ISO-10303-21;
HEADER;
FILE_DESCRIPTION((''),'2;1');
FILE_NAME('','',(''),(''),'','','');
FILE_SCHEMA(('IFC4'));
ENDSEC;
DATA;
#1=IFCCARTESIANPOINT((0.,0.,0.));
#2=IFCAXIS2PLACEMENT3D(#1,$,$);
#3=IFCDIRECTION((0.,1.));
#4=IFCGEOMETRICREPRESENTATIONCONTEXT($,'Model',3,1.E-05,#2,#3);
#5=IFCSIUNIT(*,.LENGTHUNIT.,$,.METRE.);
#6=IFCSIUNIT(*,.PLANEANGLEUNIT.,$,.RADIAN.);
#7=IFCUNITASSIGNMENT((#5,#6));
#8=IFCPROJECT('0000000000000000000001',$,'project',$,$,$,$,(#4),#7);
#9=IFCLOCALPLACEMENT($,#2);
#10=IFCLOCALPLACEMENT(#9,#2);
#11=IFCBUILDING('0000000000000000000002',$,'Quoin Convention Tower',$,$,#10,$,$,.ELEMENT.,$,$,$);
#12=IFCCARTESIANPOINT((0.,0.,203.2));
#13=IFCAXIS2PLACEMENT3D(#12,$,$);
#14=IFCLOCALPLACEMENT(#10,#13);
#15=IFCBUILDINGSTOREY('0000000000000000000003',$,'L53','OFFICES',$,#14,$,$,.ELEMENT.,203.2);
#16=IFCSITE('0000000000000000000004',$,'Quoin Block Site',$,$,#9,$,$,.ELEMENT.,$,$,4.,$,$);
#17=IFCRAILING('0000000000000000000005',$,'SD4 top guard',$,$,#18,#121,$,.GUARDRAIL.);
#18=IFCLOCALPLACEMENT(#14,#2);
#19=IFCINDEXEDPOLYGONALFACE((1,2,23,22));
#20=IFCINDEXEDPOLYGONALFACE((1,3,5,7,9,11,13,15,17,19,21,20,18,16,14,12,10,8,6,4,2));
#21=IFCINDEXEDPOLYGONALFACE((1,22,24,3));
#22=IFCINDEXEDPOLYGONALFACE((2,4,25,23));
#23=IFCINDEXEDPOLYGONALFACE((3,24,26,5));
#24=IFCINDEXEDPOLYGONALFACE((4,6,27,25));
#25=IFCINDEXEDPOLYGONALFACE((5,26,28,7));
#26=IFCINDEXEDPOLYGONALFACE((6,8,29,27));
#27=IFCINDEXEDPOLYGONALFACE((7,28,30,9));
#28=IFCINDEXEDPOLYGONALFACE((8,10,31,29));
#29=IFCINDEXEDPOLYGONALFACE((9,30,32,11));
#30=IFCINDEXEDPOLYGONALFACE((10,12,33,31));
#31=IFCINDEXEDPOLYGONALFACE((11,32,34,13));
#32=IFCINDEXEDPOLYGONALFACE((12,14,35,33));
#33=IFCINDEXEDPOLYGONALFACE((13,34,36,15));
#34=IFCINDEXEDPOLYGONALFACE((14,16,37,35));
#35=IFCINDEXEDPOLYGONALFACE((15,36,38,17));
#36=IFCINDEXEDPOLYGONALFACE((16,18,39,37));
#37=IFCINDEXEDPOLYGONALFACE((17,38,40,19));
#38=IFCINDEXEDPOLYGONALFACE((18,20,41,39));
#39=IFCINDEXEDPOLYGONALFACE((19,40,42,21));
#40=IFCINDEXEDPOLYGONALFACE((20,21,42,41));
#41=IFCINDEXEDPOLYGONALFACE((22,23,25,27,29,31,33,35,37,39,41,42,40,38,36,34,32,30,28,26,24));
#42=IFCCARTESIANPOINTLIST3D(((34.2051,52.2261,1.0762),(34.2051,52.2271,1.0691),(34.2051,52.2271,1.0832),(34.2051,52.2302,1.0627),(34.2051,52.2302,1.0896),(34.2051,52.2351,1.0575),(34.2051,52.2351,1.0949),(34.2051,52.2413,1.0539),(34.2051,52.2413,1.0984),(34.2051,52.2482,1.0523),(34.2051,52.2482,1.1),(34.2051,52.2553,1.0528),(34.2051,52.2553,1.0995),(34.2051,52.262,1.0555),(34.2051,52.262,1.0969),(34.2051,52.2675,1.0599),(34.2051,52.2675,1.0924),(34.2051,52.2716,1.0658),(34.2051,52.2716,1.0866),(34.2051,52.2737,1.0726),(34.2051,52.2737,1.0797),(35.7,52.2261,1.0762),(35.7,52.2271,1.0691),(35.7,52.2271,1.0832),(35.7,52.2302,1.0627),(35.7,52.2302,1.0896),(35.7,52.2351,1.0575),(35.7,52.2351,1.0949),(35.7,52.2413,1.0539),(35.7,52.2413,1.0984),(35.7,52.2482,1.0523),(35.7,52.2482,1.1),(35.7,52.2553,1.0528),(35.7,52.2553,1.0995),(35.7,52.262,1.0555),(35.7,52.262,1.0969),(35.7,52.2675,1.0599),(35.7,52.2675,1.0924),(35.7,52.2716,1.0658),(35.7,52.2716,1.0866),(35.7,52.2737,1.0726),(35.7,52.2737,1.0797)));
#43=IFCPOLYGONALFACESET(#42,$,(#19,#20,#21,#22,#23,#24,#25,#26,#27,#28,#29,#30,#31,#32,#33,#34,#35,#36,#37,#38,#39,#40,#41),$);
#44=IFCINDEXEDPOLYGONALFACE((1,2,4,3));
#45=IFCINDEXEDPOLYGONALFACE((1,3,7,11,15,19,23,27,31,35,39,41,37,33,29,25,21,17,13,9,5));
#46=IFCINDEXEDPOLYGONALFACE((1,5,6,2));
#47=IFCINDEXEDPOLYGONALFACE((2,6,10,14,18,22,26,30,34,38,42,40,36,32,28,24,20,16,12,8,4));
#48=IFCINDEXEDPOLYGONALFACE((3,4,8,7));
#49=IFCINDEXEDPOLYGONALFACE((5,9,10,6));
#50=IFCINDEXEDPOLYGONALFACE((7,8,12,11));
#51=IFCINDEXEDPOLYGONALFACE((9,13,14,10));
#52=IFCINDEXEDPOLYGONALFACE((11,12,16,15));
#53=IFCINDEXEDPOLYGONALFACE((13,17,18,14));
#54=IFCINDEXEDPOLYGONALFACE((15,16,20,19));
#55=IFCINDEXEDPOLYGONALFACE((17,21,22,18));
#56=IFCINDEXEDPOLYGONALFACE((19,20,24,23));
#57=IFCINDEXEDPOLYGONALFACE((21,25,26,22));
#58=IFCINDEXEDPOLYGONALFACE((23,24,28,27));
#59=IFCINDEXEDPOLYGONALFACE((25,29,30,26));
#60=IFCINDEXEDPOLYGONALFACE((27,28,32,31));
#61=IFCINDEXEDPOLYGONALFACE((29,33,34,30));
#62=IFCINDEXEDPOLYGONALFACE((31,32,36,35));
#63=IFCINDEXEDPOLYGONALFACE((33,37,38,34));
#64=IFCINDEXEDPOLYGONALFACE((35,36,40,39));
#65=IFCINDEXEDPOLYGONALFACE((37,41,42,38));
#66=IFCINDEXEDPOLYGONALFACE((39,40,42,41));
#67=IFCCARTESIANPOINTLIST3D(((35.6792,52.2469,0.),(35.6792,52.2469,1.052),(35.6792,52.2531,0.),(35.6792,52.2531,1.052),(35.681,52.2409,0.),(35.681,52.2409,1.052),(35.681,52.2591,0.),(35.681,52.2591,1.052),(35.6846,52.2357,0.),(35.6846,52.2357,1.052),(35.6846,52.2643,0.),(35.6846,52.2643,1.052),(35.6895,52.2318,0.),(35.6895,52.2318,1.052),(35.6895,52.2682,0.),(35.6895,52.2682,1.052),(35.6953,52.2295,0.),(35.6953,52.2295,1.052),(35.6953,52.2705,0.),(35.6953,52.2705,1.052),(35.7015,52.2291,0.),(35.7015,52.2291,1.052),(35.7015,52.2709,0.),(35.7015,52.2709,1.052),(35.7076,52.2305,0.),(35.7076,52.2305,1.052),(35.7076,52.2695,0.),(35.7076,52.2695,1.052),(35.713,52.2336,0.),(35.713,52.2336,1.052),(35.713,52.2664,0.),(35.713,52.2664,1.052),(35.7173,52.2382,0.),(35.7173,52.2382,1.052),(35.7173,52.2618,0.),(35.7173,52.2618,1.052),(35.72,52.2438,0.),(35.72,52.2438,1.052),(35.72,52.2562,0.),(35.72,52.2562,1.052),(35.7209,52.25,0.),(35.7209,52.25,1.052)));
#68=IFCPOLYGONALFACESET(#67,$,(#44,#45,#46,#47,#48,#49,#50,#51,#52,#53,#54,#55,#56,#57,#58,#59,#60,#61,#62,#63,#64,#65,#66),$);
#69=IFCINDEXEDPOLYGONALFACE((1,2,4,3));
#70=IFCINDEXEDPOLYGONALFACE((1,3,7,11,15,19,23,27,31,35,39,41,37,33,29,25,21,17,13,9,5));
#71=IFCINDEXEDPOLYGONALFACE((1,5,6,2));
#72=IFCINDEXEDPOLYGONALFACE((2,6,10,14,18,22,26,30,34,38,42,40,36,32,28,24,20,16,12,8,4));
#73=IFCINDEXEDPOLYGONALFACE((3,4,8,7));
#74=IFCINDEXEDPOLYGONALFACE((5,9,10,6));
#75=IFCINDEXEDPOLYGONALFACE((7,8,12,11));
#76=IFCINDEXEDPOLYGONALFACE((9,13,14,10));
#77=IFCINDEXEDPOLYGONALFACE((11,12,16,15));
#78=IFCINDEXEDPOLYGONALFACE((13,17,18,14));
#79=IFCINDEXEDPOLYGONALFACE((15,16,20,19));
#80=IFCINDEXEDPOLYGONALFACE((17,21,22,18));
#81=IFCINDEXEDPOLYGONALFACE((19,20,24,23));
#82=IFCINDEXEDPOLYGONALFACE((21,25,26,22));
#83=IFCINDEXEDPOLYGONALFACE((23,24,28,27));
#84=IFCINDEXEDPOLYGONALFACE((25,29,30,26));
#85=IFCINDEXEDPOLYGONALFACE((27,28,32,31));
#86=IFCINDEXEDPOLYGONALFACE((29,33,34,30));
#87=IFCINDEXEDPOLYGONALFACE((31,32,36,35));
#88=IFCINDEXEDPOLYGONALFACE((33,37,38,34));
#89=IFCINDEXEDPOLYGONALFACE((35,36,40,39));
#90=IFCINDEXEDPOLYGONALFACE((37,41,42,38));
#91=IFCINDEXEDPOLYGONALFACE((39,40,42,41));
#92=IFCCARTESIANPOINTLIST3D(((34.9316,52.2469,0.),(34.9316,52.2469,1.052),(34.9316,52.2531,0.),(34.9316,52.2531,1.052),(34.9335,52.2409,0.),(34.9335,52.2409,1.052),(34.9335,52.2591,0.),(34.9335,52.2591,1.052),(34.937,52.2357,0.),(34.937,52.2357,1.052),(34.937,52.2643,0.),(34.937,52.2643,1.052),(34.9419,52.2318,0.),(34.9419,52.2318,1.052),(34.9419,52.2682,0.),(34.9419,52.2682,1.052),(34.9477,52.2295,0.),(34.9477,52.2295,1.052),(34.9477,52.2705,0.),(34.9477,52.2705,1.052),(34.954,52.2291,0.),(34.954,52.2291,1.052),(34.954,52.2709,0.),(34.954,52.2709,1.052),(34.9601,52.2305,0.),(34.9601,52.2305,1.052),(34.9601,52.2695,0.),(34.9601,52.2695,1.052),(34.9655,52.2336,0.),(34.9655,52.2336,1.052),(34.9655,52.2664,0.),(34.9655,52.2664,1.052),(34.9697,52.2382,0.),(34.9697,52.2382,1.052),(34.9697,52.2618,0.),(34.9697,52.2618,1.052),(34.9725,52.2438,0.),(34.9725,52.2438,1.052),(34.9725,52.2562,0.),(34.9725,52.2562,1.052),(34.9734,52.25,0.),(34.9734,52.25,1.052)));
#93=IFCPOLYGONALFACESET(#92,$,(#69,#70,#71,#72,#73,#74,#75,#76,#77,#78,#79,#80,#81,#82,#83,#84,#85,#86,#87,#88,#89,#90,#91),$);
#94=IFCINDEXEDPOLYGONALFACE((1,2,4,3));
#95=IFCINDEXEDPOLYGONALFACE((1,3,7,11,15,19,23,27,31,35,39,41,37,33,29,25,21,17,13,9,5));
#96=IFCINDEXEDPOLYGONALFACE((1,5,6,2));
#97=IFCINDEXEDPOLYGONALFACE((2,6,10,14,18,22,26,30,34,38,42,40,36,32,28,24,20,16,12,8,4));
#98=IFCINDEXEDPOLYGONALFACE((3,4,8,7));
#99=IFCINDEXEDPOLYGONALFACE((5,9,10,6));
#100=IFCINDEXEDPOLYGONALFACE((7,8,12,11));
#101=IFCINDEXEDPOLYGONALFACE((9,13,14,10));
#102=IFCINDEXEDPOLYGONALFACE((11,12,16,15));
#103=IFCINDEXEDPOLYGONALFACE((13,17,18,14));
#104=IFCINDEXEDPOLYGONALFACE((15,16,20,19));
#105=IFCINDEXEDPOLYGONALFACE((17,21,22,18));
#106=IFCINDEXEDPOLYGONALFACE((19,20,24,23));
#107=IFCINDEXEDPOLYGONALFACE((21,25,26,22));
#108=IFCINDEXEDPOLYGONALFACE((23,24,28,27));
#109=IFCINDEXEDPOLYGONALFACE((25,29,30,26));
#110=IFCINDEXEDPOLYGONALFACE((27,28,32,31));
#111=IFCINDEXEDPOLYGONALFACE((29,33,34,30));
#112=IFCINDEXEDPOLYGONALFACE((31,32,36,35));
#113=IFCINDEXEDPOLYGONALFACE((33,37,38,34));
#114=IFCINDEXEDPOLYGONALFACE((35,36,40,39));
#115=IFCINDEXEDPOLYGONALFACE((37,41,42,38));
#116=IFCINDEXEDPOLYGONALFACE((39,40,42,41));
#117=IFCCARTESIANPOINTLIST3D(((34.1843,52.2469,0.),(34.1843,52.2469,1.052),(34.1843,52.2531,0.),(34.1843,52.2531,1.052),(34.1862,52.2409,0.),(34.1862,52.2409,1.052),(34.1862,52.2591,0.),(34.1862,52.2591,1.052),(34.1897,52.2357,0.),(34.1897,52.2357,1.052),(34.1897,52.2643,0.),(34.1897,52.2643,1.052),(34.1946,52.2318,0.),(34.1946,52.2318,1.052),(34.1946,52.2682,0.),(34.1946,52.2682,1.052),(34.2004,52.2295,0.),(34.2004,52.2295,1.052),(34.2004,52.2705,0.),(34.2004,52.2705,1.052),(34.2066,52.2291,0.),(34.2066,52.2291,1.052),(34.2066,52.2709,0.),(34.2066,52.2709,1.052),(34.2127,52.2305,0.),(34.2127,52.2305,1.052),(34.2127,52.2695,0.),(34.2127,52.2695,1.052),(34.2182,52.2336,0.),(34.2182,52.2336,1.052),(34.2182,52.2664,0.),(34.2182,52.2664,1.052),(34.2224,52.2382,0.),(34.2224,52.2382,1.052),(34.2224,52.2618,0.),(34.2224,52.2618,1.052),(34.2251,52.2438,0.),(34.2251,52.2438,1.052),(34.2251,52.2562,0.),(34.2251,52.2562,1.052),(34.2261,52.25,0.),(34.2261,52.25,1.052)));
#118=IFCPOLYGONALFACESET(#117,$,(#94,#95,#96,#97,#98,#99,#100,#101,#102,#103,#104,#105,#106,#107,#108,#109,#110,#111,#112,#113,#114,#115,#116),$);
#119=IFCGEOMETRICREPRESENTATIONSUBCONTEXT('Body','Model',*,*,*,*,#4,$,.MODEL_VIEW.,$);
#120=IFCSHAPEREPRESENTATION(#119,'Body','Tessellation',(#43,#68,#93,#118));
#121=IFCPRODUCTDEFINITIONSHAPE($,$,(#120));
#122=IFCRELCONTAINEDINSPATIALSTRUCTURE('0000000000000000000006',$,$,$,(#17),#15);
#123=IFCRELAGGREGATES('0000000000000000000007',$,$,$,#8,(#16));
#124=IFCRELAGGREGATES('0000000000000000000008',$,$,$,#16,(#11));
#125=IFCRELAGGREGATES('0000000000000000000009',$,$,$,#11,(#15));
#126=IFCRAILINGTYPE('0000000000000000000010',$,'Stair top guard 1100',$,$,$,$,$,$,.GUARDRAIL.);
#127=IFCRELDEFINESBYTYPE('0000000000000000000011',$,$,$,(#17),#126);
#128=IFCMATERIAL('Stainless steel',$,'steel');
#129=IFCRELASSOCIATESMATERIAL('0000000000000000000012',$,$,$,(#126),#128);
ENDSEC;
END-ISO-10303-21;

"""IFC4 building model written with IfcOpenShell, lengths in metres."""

from ifc_helpers import new_model, si_unit, direction, frame, origin, origin_2d, place, context, subcontext, project, spatial, circle, extrude, material, type_object, element, save


model = new_model("IFC4")

# Units and contexts
model_context = context("Model", 3, precision=1e-05, world=origin(), true_north=direction((0.0, 1.0)))
body_context = subcontext(model_context, "Body", "Model", "MODEL_VIEW")
ifc_project = project(units=[si_unit("LENGTHUNIT", "METRE"), si_unit("PLANEANGLEUNIT", "RADIAN")], contexts=[model_context])

# Site, building, storey
site_placement = place(None, origin())
site = spatial("IfcSite", under=ifc_project, at=site_placement, Name="Quoin Block Site", CompositionType="ELEMENT", RefElevation=4.0)
building_placement = place(site_placement, origin())
building = spatial("IfcBuilding", under=site, at=building_placement, Name="Quoin Convention Tower", CompositionType="ELEMENT")
storey_placement = place(building_placement, frame((0.0, 0.0, 203.2)))
storey = spatial("IfcBuildingStorey", under=building, at=storey_placement, Name="L53", Description="OFFICES", CompositionType="ELEMENT", Elevation=203.2)

# Railing
ifc_material_1 = material(Name="Stainless steel", Category="steel")
railing_type_1 = type_object("IfcRailingType", Name="Stair top guard 1100", PredefinedType="GUARDRAIL", material=ifc_material_1)
railing_1_placement = place(storey_placement, frame((35.7, 52.25, 0.0)))
element("IfcRailing", 1, at=railing_1_placement, inside=storey, type_object=railing_type_1, Name="SD4 top guard", PredefinedType="GUARDRAIL", context=body_context, shape_type="SweptSolid", body=[
    extrude(circle(Radius=0.0239, at=origin_2d()), frame((0.0, 0.0, 1.0762), z_axis=(-1.0, 0.0, 0.0), x_axis=(0.0, -1.0, 0.0)), (0.0, 0.0, 1.0), 1.4949),
    extrude(circle(Radius=0.021, at=origin_2d()), origin(), (0.0, 0.0, 1.0), 1.052),
    extrude(circle(Radius=0.021, at=origin_2d()), frame((-0.7476, 0.0, 0.0)), (0.0, 0.0, 1.0), 1.052),
    extrude(circle(Radius=0.021, at=origin_2d()), frame((-1.4949, 0.0, 0.0)), (0.0, 0.0, 1.0), 1.052),
])

save(model, "model.ifc")
